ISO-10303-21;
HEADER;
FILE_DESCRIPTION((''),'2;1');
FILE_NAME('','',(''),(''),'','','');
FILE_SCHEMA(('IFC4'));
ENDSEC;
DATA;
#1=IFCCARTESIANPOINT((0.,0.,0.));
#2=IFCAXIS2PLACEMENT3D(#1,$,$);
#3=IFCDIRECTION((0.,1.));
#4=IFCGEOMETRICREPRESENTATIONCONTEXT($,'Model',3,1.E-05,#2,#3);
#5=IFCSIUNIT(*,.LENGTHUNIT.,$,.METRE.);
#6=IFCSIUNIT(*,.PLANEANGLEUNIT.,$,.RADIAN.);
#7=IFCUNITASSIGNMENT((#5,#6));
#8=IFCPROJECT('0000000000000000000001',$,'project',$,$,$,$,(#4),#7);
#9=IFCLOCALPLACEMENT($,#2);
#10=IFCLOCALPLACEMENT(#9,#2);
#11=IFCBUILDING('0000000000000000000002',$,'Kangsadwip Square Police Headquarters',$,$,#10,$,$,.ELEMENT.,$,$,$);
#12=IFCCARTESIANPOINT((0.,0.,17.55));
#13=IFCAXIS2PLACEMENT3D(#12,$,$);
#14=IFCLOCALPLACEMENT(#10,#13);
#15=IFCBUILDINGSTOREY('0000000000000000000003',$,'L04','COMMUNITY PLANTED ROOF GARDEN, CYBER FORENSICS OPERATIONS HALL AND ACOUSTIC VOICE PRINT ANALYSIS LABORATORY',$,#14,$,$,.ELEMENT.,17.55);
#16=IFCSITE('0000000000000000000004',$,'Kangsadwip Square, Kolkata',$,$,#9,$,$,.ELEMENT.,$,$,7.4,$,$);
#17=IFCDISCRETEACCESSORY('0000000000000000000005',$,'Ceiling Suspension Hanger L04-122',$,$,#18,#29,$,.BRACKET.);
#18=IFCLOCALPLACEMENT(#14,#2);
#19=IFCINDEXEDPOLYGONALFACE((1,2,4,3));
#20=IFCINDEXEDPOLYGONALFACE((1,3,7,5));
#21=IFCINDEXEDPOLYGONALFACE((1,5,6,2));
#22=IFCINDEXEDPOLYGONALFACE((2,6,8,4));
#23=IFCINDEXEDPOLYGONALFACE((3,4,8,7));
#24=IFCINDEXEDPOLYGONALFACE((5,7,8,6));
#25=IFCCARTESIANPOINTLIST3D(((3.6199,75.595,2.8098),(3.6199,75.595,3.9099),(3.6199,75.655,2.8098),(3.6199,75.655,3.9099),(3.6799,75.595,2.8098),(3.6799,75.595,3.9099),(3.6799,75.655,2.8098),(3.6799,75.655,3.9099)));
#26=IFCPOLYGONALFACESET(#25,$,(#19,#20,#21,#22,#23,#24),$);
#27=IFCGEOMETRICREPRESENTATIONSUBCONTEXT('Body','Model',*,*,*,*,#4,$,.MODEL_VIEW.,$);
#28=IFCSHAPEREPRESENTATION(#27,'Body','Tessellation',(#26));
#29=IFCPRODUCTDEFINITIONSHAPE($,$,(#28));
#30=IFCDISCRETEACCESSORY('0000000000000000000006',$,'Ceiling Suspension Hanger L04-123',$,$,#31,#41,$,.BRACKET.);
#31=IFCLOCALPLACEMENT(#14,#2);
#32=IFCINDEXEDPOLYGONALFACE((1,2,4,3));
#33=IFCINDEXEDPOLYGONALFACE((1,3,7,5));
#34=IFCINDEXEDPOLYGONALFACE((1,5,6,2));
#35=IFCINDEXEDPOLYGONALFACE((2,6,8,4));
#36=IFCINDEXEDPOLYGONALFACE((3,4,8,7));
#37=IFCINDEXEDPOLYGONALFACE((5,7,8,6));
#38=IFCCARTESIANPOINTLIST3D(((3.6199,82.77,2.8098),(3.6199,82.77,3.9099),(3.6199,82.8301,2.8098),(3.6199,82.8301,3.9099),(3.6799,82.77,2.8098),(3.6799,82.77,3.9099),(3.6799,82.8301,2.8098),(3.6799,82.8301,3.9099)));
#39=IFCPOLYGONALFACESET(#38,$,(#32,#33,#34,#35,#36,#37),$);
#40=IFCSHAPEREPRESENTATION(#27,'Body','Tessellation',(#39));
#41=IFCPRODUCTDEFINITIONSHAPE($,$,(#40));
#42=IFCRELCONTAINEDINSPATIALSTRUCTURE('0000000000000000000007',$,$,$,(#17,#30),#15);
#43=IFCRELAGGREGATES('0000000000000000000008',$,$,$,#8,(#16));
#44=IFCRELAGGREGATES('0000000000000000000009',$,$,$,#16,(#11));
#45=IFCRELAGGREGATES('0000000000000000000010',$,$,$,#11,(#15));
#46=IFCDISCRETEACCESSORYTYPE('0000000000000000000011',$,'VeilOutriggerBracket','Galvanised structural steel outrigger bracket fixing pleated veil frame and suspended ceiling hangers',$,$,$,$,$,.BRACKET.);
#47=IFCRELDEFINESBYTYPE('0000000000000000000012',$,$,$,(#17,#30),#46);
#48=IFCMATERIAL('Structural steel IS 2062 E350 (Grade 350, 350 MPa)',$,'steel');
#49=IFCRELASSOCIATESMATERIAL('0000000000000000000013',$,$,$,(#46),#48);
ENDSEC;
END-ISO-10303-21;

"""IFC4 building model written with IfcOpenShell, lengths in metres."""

from ifc_helpers import new_model, si_unit, direction, frame, origin, origin_2d, place, context, subcontext, project, spatial, rectangle, extrude, material, type_object, element, save


model = new_model("IFC4")

# Units and contexts
model_context = context("Model", 3, precision=1e-05, world=origin(), true_north=direction((0.0, 1.0)))
body_context = subcontext(model_context, "Body", "Model", "MODEL_VIEW")
ifc_project = project(units=[si_unit("LENGTHUNIT", "METRE"), si_unit("PLANEANGLEUNIT", "RADIAN")], contexts=[model_context])

# Site, building, storey
site_placement = place(None, origin())
site = spatial("IfcSite", under=ifc_project, at=site_placement, Name="Kangsadwip Square, Kolkata", CompositionType="ELEMENT", RefElevation=7.4)
building_placement = place(site_placement, origin())
building = spatial("IfcBuilding", under=site, at=building_placement, Name="Kangsadwip Square Police Headquarters", CompositionType="ELEMENT")
storey_placement = place(building_placement, frame((0.0, 0.0, 17.55)))
storey = spatial("IfcBuildingStorey", under=building, at=storey_placement, Name="L04", Description="COMMUNITY PLANTED ROOF GARDEN, CYBER FORENSICS OPERATIONS HALL AND ACOUSTIC VOICE PRINT ANALYSIS LABORATORY", CompositionType="ELEMENT", Elevation=17.55)

# Discrete accessories
ifc_material_1 = material(Name="Structural steel IS 2062 E350 (Grade 350, 350 MPa)", Category="steel")
discrete_accessory_type = type_object("IfcDiscreteAccessoryType", Name="VeilOutriggerBracket", Description="Galvanised structural steel outrigger bracket fixing pleated veil frame and suspended ceiling hangers", PredefinedType="BRACKET", material=ifc_material_1)
for number, where, z_axis, x_axis, name in (
    (1, (3.6499, 75.625, 2.8098), (0.0, 0.0, 1.0), (1.0, 0.0, 0.0), "Ceiling Suspension Hanger L04-122"),
    (2, (3.6499, 82.8, 2.8098), (0.0, 0.0, 1.0), (1.0, 0.0, 0.0), "Ceiling Suspension Hanger L04-123"),
):
    element("IfcDiscreteAccessory", number, at=place(storey_placement, frame(where, z_axis=z_axis, x_axis=x_axis)), inside=storey, type_object=discrete_accessory_type, Name=name, PredefinedType="BRACKET", context=body_context, shape_type="SweptSolid", body=[
        extrude(rectangle(XDim=0.0601, YDim=0.0601, at=origin_2d()), origin(), (0.0, 0.0, 1.0), 1.1001),
    ])

save(model, "model.ifc")
